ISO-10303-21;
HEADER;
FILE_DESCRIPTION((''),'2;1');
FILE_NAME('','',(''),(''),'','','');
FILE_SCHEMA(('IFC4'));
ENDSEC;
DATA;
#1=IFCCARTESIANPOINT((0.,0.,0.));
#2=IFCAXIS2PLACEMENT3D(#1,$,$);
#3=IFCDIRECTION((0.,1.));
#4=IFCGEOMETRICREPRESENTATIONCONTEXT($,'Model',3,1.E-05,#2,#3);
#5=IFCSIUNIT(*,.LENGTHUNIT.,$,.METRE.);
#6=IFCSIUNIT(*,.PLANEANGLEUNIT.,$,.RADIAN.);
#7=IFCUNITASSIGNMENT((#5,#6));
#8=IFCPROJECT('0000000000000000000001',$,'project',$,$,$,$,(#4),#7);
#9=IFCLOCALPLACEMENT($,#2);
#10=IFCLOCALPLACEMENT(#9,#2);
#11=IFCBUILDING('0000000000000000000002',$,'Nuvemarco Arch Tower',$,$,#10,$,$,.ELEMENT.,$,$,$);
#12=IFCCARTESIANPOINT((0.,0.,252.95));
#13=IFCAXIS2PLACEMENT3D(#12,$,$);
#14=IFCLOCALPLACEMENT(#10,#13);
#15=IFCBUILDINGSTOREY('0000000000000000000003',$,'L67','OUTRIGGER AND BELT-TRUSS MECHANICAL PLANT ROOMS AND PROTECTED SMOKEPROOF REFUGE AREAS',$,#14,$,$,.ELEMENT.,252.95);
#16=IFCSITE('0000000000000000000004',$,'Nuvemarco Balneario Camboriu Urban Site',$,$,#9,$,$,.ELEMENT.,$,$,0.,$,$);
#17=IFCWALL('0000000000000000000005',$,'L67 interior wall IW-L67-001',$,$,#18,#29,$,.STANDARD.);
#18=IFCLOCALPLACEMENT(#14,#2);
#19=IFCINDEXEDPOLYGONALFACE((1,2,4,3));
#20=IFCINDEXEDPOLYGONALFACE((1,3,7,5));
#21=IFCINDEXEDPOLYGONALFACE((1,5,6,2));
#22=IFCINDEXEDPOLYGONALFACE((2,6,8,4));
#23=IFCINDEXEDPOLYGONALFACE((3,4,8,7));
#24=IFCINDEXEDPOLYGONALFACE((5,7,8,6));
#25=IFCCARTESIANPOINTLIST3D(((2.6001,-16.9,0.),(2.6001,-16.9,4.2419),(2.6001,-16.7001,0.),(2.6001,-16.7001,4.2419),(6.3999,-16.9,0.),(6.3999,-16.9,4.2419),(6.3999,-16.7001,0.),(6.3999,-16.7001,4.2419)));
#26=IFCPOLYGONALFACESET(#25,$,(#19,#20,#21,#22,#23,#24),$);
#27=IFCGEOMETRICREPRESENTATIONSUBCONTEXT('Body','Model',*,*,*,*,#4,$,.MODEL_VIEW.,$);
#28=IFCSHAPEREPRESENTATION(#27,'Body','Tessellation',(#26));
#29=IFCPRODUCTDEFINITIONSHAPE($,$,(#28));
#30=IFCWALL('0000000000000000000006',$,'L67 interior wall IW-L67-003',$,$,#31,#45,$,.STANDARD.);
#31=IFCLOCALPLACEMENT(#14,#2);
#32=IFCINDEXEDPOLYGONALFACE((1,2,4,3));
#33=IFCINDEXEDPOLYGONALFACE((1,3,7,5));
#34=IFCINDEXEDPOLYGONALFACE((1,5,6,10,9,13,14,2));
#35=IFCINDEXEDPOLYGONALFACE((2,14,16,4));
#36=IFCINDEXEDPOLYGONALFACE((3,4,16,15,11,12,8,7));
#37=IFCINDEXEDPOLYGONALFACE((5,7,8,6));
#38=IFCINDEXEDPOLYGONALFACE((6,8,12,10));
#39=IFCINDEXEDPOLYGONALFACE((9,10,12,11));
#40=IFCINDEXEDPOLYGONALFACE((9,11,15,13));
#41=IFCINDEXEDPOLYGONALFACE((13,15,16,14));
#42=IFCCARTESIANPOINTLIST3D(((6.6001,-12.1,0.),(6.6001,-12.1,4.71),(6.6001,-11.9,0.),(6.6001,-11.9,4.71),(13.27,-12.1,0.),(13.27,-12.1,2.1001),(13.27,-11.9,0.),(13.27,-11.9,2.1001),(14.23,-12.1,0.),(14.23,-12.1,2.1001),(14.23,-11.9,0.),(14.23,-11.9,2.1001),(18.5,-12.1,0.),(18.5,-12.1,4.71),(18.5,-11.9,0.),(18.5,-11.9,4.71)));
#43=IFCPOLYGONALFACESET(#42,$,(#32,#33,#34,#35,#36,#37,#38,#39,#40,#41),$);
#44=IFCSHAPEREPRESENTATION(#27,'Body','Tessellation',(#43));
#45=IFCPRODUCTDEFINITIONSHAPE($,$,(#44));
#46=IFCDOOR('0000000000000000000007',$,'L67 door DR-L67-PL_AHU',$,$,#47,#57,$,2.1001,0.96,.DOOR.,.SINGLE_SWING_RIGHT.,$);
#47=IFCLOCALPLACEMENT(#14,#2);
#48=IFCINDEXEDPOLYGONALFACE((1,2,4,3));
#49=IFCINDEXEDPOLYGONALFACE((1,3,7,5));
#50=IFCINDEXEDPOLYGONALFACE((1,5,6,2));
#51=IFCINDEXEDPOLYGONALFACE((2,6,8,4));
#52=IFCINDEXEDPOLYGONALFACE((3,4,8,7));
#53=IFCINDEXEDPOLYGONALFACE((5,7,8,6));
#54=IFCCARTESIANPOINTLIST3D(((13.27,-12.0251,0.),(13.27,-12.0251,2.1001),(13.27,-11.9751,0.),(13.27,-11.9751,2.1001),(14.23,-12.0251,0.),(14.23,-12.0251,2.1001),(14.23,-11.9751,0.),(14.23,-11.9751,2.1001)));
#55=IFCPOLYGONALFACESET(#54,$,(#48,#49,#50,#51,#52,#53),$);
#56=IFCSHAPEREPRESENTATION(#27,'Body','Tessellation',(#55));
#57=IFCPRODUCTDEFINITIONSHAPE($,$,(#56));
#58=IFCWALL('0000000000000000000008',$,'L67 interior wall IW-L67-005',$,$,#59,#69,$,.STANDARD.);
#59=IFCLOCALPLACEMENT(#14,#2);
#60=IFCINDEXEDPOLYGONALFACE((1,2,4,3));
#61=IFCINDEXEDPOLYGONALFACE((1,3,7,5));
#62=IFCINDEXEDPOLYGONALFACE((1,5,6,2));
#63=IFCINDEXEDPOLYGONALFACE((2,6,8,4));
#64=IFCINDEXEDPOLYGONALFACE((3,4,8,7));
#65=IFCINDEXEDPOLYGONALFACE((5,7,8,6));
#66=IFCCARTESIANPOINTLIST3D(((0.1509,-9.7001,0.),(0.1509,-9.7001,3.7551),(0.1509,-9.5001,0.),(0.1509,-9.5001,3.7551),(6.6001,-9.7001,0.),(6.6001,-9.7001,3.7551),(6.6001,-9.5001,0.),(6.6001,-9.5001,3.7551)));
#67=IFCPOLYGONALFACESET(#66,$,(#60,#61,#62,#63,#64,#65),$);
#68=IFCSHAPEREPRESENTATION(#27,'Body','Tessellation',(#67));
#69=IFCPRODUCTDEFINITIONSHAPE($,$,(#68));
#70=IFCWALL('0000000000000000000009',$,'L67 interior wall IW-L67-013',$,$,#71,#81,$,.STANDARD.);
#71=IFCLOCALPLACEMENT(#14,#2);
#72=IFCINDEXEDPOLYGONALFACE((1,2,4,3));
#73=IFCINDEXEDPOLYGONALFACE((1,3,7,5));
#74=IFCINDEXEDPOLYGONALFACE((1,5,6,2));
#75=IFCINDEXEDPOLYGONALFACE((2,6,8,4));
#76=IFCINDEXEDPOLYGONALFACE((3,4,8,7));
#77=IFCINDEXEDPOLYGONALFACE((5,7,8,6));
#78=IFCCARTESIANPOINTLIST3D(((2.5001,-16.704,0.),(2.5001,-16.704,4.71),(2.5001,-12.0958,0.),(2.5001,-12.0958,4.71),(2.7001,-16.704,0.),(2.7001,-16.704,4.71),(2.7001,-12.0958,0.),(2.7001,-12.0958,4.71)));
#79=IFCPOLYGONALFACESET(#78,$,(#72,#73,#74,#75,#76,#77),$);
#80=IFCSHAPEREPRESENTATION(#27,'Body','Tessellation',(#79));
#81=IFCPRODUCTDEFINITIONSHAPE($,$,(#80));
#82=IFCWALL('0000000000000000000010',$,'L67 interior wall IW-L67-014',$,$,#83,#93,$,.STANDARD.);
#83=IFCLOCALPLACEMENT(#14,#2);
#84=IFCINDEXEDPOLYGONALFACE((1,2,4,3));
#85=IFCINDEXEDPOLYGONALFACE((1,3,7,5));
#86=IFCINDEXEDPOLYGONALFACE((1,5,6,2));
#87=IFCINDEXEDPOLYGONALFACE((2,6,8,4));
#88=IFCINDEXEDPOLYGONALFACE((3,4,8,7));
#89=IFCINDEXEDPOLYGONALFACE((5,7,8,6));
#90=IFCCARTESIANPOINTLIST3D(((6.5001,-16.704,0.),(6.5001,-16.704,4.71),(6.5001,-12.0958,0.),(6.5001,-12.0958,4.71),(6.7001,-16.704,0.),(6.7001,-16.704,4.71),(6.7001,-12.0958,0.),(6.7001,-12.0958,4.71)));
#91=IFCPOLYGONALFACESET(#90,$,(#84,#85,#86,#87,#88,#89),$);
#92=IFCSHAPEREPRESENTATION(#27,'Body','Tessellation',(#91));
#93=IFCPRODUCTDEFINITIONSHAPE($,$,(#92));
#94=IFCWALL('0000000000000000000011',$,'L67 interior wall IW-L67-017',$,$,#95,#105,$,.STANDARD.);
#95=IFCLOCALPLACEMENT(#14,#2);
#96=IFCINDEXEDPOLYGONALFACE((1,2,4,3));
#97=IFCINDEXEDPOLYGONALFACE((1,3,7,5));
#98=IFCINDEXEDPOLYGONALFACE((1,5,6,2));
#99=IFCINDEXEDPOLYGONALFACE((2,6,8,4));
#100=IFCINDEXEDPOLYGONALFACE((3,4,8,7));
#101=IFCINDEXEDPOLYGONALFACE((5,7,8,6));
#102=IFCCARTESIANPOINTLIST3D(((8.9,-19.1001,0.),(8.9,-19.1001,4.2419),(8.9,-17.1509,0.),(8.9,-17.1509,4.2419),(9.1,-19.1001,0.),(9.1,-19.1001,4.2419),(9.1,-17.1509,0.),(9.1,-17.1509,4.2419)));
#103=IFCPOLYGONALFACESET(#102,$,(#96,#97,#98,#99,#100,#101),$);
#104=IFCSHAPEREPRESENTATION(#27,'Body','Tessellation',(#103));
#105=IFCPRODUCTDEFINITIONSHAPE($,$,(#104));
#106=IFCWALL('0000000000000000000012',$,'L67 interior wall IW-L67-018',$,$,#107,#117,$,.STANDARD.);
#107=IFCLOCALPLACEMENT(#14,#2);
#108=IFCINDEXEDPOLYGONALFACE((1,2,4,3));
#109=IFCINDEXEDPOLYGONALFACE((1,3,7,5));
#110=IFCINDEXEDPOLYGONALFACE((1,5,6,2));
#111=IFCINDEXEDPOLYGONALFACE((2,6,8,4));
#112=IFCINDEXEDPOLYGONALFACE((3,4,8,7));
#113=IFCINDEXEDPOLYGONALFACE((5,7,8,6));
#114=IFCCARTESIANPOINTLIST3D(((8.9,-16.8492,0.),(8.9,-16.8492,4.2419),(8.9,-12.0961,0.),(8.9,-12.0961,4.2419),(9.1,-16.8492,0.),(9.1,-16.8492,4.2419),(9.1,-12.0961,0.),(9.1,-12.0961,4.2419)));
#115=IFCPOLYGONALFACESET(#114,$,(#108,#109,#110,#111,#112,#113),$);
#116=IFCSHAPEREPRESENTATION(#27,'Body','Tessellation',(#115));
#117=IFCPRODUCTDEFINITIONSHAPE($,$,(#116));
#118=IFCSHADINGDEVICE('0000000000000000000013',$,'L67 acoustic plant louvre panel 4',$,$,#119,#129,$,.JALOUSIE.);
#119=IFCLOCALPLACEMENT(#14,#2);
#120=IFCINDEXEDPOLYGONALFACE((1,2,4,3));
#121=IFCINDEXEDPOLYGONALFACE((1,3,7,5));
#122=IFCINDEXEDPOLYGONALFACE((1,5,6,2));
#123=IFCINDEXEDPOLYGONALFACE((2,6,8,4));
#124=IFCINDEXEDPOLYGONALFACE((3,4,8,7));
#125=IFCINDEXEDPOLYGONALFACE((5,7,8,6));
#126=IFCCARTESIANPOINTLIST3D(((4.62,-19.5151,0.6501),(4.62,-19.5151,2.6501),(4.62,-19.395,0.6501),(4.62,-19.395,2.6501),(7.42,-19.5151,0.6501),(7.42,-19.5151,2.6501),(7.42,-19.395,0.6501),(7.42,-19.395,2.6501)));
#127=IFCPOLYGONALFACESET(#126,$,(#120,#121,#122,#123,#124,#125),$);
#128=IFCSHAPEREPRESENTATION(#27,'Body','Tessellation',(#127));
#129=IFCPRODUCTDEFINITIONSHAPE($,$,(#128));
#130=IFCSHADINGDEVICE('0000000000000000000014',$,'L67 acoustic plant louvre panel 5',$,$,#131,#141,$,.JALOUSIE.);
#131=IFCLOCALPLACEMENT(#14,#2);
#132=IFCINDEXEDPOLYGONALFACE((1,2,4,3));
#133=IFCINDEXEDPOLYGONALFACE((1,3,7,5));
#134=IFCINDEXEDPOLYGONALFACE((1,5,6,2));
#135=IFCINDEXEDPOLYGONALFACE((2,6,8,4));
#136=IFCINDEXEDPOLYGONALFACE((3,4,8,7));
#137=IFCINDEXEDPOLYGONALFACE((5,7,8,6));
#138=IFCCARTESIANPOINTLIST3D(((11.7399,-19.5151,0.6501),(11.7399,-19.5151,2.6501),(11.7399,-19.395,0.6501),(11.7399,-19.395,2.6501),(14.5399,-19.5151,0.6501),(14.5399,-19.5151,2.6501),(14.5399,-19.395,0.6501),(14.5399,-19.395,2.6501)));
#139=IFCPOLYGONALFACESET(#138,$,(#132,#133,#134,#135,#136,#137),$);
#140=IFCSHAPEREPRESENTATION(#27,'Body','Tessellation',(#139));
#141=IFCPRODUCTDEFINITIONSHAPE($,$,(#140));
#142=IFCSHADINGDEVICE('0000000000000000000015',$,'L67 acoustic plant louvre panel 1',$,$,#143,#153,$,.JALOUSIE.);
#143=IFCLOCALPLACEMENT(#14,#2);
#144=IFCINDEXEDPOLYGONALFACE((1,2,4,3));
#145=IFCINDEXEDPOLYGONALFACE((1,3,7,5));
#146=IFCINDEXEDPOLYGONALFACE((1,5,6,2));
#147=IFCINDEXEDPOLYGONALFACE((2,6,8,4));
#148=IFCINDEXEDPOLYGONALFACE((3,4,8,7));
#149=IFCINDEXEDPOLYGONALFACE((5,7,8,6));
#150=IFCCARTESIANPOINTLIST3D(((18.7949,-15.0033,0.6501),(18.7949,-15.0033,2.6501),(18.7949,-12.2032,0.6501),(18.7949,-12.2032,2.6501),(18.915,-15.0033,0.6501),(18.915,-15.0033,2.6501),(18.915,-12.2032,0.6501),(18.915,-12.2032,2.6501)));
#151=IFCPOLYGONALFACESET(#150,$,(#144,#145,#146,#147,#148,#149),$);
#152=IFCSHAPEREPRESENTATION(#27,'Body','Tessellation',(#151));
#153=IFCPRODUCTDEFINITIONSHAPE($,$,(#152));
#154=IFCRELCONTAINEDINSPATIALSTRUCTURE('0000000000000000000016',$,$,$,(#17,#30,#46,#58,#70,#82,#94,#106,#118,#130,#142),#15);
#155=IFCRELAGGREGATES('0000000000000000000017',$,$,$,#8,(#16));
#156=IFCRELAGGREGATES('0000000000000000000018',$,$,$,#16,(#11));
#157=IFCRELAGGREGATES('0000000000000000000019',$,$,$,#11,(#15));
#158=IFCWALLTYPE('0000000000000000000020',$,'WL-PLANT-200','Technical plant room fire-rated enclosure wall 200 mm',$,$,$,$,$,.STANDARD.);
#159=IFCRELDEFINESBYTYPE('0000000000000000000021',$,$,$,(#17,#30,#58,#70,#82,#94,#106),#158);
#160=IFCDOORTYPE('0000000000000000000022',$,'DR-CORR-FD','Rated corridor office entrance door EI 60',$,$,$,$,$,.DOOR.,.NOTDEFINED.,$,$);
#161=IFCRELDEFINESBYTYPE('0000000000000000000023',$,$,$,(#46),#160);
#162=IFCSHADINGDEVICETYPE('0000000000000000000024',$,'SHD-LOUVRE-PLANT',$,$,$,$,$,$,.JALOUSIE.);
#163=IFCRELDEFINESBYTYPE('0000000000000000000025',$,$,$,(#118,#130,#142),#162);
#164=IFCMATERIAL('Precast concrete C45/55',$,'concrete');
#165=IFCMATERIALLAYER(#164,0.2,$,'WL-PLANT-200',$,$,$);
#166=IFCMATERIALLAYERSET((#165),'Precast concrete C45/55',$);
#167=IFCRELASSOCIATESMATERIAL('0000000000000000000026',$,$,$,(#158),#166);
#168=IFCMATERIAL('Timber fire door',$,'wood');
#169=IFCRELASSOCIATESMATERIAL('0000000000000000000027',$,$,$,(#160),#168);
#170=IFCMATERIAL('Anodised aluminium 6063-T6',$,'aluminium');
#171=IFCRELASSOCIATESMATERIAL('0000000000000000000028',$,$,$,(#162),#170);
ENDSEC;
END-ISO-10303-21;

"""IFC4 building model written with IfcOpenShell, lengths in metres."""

from ifc_helpers import new_model, si_unit, direction, frame, frame_2d, origin, origin_2d, place, context, subcontext, project, spatial, rectangle, extrude, source, transform, mapped, material, layer, layer_set, type_object, type_shapes, element, fill, save


model = new_model("IFC4")

# Units and contexts
model_context = context("Model", 3, precision=1e-05, world=origin(), true_north=direction((0.0, 1.0)))
body_context = subcontext(model_context, "Body", "Model", "MODEL_VIEW")
ifc_project = project(units=[si_unit("LENGTHUNIT", "METRE"), si_unit("PLANEANGLEUNIT", "RADIAN")], contexts=[model_context])

# Site, building, storey
site_placement = place(None, origin())
site = spatial("IfcSite", under=ifc_project, at=site_placement, Name="Nuvemarco Balneario Camboriu Urban Site", CompositionType="ELEMENT", RefElevation=0.0)
building_placement = place(site_placement, origin())
building = spatial("IfcBuilding", under=site, at=building_placement, Name="Nuvemarco Arch Tower", CompositionType="ELEMENT")
storey_placement = place(building_placement, frame((0.0, 0.0, 252.95)))
storey = spatial("IfcBuildingStorey", under=building, at=storey_placement, Name="L67", Description="OUTRIGGER AND BELT-TRUSS MECHANICAL PLANT ROOMS AND PROTECTED SMOKEPROOF REFUGE AREAS", CompositionType="ELEMENT", Elevation=252.95)

# Shared definitions
ifc_material_1 = material(Name="Precast concrete C45/55", Category="concrete")

# Wall
ifc_layer_1 = layer(ifc_material_1, 0.2, Name="WL-PLANT-200")
ifc_layer_set_1 = layer_set([ifc_layer_1], Name="Precast concrete C45/55")
wall_type_1 = type_object("IfcWallType", Name="WL-PLANT-200", Description="Technical plant room fire-rated enclosure wall 200 mm", PredefinedType="STANDARD", material=ifc_layer_set_1)
wall_1_placement = place(storey_placement, frame((2.6001, -16.8, 0.0), z_axis=(0.0, 0.0, 1.0), x_axis=(1.0, 0.0, 0.0)))
element("IfcWall", 1, at=wall_1_placement, inside=storey, type_object=wall_type_1, Name="L67 interior wall IW-L67-001", PredefinedType="STANDARD", context=body_context, shape_type="SweptSolid", body=[
    extrude(rectangle(XDim=3.7998, YDim=0.2, at=frame_2d((1.8999, 0.0))), origin(), (0.0, 0.0, 1.0), 4.2419),
])

# Wall, opening, door
wall_2_placement = place(storey_placement, frame((6.6001, -12.0, 0.0), z_axis=(0.0, 0.0, 1.0), x_axis=(1.0, 0.0, 0.0)))
wall_2 = element("IfcWall", 2, at=wall_2_placement, inside=storey, type_object=wall_type_1, Name="L67 interior wall IW-L67-003", PredefinedType="STANDARD", context=body_context, shape_type="SweptSolid", body=[
    extrude(rectangle(XDim=11.8999, YDim=0.2, at=frame_2d((5.95, 0.0))), origin(), (0.0, 0.0, 1.0), 4.71),
])
opening_placement = place(wall_2_placement, frame((6.6699, 0.0, 0.0)))
opening = element("IfcOpeningElement", 3, at=opening_placement, cuts=wall_2, PredefinedType="OPENING", context=body_context, shape_type="SweptSolid", body=[
    extrude(rectangle(XDim=0.96, YDim=2.1001, at=frame_2d((0.48, 1.05))), frame((0.0, 0.1099, 0.0), z_axis=(0.0, -1.0, 0.0), x_axis=(1.0, 0.0, 0.0)), (0.0, 0.0, 1.0), 0.22),
])
ifc_material_2 = material(Name="Timber fire door", Category="wood")
door_type = type_object("IfcDoorType", Name="DR-CORR-FD", Description="Rated corridor office entrance door EI 60", OperationType="NOTDEFINED", PredefinedType="DOOR", material=ifc_material_2)
shared_shape_1 = source(origin(), body_context, "Body", "SweptSolid", [
    extrude(rectangle(XDim=0.96, YDim=2.1001, at=frame_2d((0.48, 1.05))), frame((0.0, 0.0249, 0.0), z_axis=(0.0, -1.0, 0.0), x_axis=(1.0, 0.0, 0.0)), (0.0, 0.0, 1.0), 0.05),
])
type_shapes(door_type, [shared_shape_1])
door_placement = place(opening_placement, origin())
door = element("IfcDoor", 4, at=door_placement, inside=storey, type_object=door_type, Name="L67 door DR-L67-PL_AHU", OperationType="SINGLE_SWING_RIGHT", OverallHeight=2.1001, OverallWidth=0.96, PredefinedType="DOOR", context=body_context, shape_type="MappedRepresentation", body=[
    mapped(shared_shape_1, transform((0.0, 0.0, 0.0), scale=1.0)),
])
fill(opening, door)

# Walls
wall_3_placement = place(storey_placement, frame((0.1509, -9.6001, 0.0), z_axis=(0.0, 0.0, 1.0), x_axis=(1.0, 0.0, 0.0)))
element("IfcWall", 5, at=wall_3_placement, inside=storey, type_object=wall_type_1, Name="L67 interior wall IW-L67-005", PredefinedType="STANDARD", context=body_context, shape_type="SweptSolid", body=[
    extrude(rectangle(XDim=6.4492, YDim=0.2, at=frame_2d((3.2246, 0.0))), origin(), (0.0, 0.0, 1.0), 3.7551),
])
for number, where, z_axis, x_axis, name in (
    (6, (2.6001, -16.7041, 0.0), (0.0, 0.0, 1.0), (0.0, 1.0, 0.0), "L67 interior wall IW-L67-013"),
    (7, (6.6001, -16.7041, 0.0), (0.0, 0.0, 1.0), (0.0, 1.0, 0.0), "L67 interior wall IW-L67-014"),
):
    element("IfcWall", number, at=place(storey_placement, frame(where, z_axis=z_axis, x_axis=x_axis)), inside=storey, type_object=wall_type_1, Name=name, PredefinedType="STANDARD", context=body_context, shape_type="SweptSolid", body=[
        extrude(rectangle(XDim=4.6082, YDim=0.2, at=frame_2d((2.3042, 0.0))), origin(), (0.0, 0.0, 1.0), 4.71),
    ])
wall_4_placement = place(storey_placement, frame((9.0, -19.1001, 0.0), z_axis=(0.0, 0.0, 1.0), x_axis=(0.0, 1.0, 0.0)))
element("IfcWall", 8, at=wall_4_placement, inside=storey, type_object=wall_type_1, Name="L67 interior wall IW-L67-017", PredefinedType="STANDARD", context=body_context, shape_type="SweptSolid", body=[
    extrude(rectangle(XDim=1.9492, YDim=0.2, at=frame_2d((0.9746, 0.0))), origin(), (0.0, 0.0, 1.0), 4.2419),
])
wall_5_placement = place(storey_placement, frame((9.0, -16.8491, 0.0), z_axis=(0.0, 0.0, 1.0), x_axis=(0.0, 1.0, 0.0)))
element("IfcWall", 9, at=wall_5_placement, inside=storey, type_object=wall_type_1, Name="L67 interior wall IW-L67-018", PredefinedType="STANDARD", context=body_context, shape_type="SweptSolid", body=[
    extrude(rectangle(XDim=4.7532, YDim=0.2, at=frame_2d((2.3765, 0.0))), origin(), (0.0, 0.0, 1.0), 4.2419),
])

# Shading devices
ifc_material_3 = material(Name="Anodised aluminium 6063-T6", Category="aluminium")
shading_device_type = type_object("IfcShadingDeviceType", Name="SHD-LOUVRE-PLANT", PredefinedType="JALOUSIE", material=ifc_material_3)
shared_shape_2 = source(origin(), body_context, "Body", "SweptSolid", [
    extrude(rectangle(XDim=2.8, YDim=0.1201, at=origin_2d()), origin(), (0.0, 0.0, 1.0), 2.0),
])
type_shapes(shading_device_type, [shared_shape_2])
for number, where, z_axis, x_axis, name in (
    (10, (6.02, -19.4551, 0.6501), (0.0, 0.0, 1.0), (1.0, 0.0, 0.0), "L67 acoustic plant louvre panel 4"),
    (11, (13.1399, -19.4551, 0.6501), (0.0, 0.0, 1.0), (1.0, 0.0, 0.0), "L67 acoustic plant louvre panel 5"),
    (12, (18.855, -13.6033, 0.6501), (0.0, 0.0, 1.0), (0.0, 1.0, 0.0), "L67 acoustic plant louvre panel 1"),
):
    element("IfcShadingDevice", number, at=place(storey_placement, frame(where, z_axis=z_axis, x_axis=x_axis)), inside=storey, type_object=shading_device_type, Name=name, PredefinedType="JALOUSIE", context=body_context, shape_type="MappedRepresentation", body=[
        mapped(shared_shape_2, transform((0.0, 0.0, 0.0), scale=1.0)),
    ])

save(model, "model.ifc")
